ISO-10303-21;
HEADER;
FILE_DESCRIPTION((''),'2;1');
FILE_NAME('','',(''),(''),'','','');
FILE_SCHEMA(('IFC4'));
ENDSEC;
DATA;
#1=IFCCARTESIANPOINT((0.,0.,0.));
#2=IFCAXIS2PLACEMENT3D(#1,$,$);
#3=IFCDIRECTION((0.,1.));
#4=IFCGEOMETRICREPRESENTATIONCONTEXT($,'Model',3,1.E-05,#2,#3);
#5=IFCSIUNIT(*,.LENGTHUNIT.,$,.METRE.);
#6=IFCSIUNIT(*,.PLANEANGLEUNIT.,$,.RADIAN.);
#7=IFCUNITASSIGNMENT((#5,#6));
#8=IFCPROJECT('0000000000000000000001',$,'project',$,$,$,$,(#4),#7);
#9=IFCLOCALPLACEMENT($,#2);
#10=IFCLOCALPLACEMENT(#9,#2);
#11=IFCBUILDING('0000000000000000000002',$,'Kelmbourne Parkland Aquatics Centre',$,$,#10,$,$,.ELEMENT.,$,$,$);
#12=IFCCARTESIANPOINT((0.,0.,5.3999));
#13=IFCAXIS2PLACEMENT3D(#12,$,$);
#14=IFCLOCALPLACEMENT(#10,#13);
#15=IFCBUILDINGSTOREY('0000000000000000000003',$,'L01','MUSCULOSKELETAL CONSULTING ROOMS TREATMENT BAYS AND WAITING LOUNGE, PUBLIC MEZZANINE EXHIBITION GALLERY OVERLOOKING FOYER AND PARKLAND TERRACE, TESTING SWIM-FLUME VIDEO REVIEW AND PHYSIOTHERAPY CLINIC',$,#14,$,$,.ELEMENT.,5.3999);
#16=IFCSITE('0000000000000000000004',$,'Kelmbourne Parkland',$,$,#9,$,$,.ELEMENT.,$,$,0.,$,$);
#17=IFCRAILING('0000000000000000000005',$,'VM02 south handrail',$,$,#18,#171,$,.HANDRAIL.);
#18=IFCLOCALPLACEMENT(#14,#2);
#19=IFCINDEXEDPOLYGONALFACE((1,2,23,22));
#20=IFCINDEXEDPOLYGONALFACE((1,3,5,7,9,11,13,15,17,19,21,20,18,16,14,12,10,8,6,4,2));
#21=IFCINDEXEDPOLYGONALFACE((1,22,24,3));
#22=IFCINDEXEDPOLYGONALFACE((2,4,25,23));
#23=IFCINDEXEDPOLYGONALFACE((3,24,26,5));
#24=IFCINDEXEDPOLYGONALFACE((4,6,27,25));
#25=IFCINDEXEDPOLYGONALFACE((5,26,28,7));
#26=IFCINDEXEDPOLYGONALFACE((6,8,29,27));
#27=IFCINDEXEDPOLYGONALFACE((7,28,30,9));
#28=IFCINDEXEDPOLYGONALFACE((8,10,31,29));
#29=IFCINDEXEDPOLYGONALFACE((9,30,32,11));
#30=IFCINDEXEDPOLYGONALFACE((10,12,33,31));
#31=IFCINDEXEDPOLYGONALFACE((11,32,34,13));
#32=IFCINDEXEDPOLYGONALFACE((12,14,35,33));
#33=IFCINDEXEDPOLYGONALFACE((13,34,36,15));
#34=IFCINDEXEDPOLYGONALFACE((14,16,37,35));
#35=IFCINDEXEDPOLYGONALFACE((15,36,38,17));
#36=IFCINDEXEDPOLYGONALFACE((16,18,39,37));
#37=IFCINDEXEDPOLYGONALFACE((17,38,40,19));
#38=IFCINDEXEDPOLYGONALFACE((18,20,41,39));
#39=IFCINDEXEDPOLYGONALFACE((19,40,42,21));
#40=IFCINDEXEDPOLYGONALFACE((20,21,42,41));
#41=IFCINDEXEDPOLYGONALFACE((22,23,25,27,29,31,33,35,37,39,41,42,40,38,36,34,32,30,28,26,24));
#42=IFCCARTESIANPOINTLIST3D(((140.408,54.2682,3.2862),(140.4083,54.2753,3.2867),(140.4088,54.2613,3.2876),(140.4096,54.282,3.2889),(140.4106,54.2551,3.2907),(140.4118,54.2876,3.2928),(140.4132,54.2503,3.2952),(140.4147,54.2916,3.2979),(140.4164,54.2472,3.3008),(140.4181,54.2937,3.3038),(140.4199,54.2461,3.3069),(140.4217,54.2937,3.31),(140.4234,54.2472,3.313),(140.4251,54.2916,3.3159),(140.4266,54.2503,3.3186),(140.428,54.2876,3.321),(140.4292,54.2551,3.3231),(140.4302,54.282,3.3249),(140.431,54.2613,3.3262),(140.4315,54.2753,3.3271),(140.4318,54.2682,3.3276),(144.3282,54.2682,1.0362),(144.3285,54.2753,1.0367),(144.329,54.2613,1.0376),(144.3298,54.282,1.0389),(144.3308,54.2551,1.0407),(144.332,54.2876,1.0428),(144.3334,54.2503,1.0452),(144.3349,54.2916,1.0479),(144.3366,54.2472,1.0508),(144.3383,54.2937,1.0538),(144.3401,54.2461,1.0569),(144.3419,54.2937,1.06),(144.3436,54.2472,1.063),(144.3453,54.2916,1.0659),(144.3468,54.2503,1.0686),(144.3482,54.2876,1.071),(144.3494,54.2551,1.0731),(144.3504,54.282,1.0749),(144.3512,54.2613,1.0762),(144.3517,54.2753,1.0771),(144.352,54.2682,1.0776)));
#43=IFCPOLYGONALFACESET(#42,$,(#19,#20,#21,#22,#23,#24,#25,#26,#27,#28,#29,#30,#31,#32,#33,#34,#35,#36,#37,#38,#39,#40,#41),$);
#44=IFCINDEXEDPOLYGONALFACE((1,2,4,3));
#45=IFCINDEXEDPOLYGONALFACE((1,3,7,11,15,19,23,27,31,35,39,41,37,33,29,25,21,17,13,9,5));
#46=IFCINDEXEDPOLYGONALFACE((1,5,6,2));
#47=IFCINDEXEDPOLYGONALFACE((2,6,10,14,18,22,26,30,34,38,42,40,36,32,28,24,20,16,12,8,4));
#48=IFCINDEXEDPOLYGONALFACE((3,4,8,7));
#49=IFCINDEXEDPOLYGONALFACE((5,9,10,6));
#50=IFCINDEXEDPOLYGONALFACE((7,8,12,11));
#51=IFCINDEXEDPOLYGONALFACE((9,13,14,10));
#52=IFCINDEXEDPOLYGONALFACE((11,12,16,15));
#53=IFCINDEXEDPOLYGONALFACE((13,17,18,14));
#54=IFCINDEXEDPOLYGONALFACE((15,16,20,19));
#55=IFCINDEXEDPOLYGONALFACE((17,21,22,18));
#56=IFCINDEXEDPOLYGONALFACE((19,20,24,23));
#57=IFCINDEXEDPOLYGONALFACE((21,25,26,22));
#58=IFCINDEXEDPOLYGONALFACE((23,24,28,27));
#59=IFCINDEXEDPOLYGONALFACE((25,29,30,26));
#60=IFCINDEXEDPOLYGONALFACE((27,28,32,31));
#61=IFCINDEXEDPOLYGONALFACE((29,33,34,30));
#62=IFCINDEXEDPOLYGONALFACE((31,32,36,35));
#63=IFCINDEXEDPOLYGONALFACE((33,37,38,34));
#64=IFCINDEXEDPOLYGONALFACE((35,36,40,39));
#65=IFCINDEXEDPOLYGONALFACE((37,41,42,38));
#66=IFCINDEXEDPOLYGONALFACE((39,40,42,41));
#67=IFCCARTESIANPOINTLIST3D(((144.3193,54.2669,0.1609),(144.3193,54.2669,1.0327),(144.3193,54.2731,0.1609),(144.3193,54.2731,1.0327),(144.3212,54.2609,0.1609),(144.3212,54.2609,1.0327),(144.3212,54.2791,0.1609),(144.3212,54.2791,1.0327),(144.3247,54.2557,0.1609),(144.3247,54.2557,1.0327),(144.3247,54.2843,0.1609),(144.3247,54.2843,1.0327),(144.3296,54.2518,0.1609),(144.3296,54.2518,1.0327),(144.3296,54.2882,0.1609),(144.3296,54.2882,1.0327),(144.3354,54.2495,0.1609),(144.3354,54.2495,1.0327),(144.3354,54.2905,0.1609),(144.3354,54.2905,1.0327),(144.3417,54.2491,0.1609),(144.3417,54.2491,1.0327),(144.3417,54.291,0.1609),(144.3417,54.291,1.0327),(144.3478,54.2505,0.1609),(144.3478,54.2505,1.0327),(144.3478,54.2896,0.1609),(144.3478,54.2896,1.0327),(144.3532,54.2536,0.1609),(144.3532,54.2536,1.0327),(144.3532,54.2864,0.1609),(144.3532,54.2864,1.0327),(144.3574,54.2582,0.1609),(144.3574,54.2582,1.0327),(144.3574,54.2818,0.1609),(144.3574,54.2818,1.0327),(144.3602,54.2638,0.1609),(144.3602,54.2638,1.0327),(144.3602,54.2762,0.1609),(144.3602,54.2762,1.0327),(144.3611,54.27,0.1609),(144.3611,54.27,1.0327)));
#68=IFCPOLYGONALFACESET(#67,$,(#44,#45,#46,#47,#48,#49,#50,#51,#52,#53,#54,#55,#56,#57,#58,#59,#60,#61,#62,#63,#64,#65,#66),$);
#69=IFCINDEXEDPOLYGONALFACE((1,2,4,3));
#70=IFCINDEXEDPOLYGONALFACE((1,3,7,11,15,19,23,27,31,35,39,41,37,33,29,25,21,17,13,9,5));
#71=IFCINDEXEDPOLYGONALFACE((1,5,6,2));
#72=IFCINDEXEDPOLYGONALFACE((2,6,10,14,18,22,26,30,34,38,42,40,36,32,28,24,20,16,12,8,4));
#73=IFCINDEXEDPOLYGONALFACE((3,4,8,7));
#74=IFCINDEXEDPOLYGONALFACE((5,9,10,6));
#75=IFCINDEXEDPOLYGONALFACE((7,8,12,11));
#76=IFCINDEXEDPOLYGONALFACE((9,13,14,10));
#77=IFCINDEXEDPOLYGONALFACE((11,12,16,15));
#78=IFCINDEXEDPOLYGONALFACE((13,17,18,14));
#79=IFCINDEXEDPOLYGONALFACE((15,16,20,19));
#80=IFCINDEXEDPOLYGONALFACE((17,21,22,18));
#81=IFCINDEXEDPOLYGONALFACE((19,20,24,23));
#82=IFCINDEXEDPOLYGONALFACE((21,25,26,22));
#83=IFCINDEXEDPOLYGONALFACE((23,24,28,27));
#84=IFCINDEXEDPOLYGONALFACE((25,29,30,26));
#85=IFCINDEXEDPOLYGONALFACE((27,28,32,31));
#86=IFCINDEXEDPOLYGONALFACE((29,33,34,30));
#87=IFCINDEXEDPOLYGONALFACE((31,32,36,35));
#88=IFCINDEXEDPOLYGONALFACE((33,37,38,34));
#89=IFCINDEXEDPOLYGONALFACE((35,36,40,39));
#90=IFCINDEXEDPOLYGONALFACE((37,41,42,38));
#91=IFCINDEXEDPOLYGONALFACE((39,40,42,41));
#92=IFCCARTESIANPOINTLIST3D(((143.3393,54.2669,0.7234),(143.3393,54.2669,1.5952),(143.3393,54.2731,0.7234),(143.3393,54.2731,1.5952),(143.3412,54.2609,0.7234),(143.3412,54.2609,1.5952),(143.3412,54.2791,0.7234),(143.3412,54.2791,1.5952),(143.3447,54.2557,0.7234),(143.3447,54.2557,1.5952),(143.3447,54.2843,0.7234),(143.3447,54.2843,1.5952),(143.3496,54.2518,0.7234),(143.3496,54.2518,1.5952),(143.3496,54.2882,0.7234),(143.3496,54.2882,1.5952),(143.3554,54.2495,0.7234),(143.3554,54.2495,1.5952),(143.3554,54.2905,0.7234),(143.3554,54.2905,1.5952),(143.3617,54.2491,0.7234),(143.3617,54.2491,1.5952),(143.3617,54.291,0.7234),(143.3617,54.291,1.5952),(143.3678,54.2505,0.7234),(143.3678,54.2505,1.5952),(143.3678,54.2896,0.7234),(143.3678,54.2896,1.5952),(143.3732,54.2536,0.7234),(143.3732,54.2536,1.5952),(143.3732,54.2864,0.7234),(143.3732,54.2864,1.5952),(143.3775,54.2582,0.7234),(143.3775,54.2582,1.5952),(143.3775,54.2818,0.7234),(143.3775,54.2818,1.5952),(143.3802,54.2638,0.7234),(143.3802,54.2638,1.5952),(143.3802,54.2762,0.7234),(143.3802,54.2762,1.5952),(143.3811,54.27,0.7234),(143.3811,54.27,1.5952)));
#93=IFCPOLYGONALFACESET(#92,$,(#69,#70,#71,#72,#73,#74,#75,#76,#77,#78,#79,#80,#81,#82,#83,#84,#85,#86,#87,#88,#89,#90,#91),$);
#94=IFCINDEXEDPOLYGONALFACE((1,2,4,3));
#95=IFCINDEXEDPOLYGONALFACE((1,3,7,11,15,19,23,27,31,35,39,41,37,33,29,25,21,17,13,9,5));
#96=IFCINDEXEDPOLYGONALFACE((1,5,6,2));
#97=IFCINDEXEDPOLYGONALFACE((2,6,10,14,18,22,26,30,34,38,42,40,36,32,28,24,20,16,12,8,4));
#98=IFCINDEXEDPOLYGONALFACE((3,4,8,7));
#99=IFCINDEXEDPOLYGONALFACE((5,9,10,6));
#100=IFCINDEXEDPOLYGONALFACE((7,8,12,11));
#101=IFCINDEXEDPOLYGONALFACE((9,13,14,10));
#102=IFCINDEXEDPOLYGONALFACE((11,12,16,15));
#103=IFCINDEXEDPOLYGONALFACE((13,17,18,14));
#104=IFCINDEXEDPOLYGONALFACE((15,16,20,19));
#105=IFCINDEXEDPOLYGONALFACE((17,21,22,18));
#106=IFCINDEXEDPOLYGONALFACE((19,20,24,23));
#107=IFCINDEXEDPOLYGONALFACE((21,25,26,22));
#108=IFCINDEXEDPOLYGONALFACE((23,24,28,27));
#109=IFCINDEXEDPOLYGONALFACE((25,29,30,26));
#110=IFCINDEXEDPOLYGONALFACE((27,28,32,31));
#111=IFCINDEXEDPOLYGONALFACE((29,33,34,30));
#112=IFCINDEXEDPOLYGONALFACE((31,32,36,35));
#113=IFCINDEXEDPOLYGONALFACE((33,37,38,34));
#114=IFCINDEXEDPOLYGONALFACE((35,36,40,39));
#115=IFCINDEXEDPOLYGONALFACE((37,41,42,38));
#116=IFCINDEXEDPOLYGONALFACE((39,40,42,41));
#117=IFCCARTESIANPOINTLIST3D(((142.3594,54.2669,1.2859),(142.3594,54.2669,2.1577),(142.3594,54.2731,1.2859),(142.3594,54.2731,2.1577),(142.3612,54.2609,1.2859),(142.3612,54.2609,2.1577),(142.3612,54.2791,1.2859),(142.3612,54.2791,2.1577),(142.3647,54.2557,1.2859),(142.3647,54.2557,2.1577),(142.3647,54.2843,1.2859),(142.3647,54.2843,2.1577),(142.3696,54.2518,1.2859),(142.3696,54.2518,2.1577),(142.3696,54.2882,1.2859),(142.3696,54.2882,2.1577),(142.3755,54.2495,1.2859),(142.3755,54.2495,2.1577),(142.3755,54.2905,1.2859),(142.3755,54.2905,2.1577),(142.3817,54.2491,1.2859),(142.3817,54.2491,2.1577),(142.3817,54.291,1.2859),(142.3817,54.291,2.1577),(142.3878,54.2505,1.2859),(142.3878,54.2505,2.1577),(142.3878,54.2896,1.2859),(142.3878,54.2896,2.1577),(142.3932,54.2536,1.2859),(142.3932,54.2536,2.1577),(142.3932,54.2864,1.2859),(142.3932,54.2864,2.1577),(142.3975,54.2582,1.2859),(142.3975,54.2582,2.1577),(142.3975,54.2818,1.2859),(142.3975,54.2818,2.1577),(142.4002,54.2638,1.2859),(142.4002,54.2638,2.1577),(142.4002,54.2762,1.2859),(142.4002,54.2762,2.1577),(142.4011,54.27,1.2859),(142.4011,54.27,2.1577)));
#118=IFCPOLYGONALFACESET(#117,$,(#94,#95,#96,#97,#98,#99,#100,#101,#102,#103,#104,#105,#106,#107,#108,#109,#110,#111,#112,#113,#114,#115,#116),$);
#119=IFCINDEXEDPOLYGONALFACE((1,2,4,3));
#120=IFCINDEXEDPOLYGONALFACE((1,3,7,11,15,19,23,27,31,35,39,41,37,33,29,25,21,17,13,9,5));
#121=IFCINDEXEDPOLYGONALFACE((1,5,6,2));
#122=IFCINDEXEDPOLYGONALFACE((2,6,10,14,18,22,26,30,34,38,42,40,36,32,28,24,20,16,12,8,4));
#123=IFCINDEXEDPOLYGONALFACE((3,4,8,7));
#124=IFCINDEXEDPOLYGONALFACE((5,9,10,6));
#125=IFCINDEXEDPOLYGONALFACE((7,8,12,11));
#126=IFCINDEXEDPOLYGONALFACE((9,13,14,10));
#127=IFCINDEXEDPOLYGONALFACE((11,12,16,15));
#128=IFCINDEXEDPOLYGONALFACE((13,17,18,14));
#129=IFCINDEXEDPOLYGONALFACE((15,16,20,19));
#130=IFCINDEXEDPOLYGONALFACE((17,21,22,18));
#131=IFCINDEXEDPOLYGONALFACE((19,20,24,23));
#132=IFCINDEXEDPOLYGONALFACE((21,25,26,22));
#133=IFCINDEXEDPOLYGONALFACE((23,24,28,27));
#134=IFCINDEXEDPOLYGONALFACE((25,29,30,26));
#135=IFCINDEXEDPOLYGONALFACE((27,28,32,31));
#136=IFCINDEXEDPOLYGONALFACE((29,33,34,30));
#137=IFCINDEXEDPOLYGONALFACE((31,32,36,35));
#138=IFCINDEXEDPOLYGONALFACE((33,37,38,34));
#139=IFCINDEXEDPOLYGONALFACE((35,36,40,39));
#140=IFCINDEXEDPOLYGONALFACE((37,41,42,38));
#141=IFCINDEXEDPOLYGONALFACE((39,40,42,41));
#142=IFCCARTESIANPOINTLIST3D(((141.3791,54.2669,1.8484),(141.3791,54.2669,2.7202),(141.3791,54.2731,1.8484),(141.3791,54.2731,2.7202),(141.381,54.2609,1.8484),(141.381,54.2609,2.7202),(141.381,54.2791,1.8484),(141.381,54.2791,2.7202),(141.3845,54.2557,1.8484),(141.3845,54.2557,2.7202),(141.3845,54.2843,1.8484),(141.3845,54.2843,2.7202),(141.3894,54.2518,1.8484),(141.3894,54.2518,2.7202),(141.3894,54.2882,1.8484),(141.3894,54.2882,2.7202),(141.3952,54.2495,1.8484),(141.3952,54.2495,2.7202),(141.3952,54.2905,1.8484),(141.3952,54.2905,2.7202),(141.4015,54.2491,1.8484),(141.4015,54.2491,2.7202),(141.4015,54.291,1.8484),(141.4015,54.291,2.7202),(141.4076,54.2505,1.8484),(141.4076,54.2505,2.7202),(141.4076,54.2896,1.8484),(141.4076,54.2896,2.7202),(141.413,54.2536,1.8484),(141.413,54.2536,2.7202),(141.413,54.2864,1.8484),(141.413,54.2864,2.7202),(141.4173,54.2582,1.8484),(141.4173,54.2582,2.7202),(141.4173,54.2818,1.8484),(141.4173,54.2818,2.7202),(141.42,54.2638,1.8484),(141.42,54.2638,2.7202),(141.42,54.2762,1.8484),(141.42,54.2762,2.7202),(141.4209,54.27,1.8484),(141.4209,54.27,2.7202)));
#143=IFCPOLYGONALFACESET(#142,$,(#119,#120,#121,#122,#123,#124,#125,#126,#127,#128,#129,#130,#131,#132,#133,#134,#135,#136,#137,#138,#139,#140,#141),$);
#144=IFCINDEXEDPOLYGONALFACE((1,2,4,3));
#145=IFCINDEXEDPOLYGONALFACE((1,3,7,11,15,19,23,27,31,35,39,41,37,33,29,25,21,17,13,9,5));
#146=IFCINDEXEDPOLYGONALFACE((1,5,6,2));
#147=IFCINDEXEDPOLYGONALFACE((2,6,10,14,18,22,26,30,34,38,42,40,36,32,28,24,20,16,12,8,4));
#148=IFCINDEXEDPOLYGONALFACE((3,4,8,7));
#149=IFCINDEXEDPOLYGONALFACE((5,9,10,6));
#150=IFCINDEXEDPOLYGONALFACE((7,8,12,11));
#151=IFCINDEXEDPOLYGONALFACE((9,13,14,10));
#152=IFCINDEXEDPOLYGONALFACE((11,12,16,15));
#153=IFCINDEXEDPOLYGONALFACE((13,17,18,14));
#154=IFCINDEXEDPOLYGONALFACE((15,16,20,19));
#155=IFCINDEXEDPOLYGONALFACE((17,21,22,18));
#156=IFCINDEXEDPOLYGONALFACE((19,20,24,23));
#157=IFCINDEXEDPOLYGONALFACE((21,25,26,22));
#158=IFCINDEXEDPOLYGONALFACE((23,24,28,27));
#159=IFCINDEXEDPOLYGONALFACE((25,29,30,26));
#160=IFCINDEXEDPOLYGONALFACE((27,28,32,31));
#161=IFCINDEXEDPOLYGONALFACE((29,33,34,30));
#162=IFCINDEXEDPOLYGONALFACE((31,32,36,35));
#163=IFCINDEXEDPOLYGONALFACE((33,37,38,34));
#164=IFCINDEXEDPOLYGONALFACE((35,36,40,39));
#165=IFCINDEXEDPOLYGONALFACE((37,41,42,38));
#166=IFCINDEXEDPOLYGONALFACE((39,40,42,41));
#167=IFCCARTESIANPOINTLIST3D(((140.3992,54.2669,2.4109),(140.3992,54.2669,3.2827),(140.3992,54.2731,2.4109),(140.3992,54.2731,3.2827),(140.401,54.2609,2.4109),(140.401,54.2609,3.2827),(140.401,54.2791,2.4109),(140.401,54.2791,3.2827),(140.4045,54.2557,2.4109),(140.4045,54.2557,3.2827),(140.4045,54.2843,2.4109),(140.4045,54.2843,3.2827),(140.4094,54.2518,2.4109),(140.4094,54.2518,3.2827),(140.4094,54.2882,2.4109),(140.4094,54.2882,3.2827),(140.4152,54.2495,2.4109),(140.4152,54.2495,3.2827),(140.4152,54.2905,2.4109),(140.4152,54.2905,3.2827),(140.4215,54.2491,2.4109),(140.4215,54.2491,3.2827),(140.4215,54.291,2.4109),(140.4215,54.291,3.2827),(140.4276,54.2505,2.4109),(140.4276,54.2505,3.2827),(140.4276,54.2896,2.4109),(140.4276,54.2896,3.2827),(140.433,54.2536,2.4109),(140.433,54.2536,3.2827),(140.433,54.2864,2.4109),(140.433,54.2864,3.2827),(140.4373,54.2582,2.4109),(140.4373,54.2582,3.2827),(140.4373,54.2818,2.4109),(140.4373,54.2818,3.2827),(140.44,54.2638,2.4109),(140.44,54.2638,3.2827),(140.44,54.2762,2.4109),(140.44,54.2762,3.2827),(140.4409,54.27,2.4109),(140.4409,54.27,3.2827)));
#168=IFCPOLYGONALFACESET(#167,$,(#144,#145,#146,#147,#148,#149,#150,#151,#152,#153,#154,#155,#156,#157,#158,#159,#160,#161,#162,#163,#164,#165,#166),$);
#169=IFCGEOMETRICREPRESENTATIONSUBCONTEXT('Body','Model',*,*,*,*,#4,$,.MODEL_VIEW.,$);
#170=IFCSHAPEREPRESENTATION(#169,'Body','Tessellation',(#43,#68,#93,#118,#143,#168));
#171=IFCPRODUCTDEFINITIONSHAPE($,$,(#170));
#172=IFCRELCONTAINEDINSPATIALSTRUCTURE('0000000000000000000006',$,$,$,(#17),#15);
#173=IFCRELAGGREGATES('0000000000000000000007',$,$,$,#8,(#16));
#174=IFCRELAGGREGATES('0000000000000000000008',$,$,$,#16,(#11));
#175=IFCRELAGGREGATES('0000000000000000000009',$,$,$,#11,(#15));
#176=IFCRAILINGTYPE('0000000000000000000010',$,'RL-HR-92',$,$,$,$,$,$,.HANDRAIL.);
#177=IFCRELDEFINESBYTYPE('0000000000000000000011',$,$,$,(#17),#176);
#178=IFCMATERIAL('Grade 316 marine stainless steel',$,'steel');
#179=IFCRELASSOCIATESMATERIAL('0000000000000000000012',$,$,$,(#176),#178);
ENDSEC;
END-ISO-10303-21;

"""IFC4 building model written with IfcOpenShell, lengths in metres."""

from ifc_helpers import new_model, si_unit, direction, frame, origin, origin_2d, place, context, subcontext, project, spatial, circle, extrude, material, type_object, element, save


model = new_model("IFC4")

# Units and contexts
model_context = context("Model", 3, precision=1e-05, world=origin(), true_north=direction((0.0, 1.0)))
body_context = subcontext(model_context, "Body", "Model", "MODEL_VIEW")
ifc_project = project(units=[si_unit("LENGTHUNIT", "METRE"), si_unit("PLANEANGLEUNIT", "RADIAN")], contexts=[model_context])

# Site, building, storey
site_placement = place(None, origin())
site = spatial("IfcSite", under=ifc_project, at=site_placement, Name="Kelmbourne Parkland", CompositionType="ELEMENT", RefElevation=0.0)
building_placement = place(site_placement, origin())
building = spatial("IfcBuilding", under=site, at=building_placement, Name="Kelmbourne Parkland Aquatics Centre", CompositionType="ELEMENT")
storey_placement = place(building_placement, frame((0.0, 0.0, 5.3999)))
storey = spatial("IfcBuildingStorey", under=building, at=storey_placement, Name="L01", Description="MUSCULOSKELETAL CONSULTING ROOMS TREATMENT BAYS AND WAITING LOUNGE, PUBLIC MEZZANINE EXHIBITION GALLERY OVERLOOKING FOYER AND PARKLAND TERRACE, TESTING SWIM-FLUME VIDEO REVIEW AND PHYSIOTHERAPY CLINIC", CompositionType="ELEMENT", Elevation=5.3999)

# Railing
ifc_material_1 = material(Name="Grade 316 marine stainless steel", Category="steel")
railing_type_1 = type_object("IfcRailingType", Name="RL-HR-92", PredefinedType="HANDRAIL", material=ifc_material_1)
for number, where, name in (
    (1, (144.3401, 54.27, 0.1609), "VM02 south handrail"),
):
    element("IfcRailing", number, at=place(storey_placement, frame(where)), inside=storey, type_object=railing_type_1, Name=name, PredefinedType="HANDRAIL", context=body_context, shape_type="SweptSolid", body=[
        extrude(circle(Radius=0.0239, at=origin_2d()), frame((0.0, 0.0, 0.896), z_axis=(-0.867298, 0.0, 0.49779), x_axis=(0.0, -1.0, 0.0)), (0.0, 0.0, 1.0), 4.52),
        extrude(circle(Radius=0.021, at=origin_2d()), origin(), (0.0, 0.0, 1.0), 0.8718),
        extrude(circle(Radius=0.021, at=origin_2d()), frame((-0.98, 0.0, 0.5625)), (0.0, 0.0, 1.0), 0.8718),
        extrude(circle(Radius=0.021, at=origin_2d()), frame((-1.96, 0.0, 1.125)), (0.0, 0.0, 1.0), 0.8718),
        extrude(circle(Radius=0.021, at=origin_2d()), frame((-2.9402, 0.0, 1.6875)), (0.0, 0.0, 1.0), 0.8718),
        extrude(circle(Radius=0.021, at=origin_2d()), frame((-3.9202, 0.0, 2.25)), (0.0, 0.0, 1.0), 0.8718),
    ])

save(model, "model.ifc")
